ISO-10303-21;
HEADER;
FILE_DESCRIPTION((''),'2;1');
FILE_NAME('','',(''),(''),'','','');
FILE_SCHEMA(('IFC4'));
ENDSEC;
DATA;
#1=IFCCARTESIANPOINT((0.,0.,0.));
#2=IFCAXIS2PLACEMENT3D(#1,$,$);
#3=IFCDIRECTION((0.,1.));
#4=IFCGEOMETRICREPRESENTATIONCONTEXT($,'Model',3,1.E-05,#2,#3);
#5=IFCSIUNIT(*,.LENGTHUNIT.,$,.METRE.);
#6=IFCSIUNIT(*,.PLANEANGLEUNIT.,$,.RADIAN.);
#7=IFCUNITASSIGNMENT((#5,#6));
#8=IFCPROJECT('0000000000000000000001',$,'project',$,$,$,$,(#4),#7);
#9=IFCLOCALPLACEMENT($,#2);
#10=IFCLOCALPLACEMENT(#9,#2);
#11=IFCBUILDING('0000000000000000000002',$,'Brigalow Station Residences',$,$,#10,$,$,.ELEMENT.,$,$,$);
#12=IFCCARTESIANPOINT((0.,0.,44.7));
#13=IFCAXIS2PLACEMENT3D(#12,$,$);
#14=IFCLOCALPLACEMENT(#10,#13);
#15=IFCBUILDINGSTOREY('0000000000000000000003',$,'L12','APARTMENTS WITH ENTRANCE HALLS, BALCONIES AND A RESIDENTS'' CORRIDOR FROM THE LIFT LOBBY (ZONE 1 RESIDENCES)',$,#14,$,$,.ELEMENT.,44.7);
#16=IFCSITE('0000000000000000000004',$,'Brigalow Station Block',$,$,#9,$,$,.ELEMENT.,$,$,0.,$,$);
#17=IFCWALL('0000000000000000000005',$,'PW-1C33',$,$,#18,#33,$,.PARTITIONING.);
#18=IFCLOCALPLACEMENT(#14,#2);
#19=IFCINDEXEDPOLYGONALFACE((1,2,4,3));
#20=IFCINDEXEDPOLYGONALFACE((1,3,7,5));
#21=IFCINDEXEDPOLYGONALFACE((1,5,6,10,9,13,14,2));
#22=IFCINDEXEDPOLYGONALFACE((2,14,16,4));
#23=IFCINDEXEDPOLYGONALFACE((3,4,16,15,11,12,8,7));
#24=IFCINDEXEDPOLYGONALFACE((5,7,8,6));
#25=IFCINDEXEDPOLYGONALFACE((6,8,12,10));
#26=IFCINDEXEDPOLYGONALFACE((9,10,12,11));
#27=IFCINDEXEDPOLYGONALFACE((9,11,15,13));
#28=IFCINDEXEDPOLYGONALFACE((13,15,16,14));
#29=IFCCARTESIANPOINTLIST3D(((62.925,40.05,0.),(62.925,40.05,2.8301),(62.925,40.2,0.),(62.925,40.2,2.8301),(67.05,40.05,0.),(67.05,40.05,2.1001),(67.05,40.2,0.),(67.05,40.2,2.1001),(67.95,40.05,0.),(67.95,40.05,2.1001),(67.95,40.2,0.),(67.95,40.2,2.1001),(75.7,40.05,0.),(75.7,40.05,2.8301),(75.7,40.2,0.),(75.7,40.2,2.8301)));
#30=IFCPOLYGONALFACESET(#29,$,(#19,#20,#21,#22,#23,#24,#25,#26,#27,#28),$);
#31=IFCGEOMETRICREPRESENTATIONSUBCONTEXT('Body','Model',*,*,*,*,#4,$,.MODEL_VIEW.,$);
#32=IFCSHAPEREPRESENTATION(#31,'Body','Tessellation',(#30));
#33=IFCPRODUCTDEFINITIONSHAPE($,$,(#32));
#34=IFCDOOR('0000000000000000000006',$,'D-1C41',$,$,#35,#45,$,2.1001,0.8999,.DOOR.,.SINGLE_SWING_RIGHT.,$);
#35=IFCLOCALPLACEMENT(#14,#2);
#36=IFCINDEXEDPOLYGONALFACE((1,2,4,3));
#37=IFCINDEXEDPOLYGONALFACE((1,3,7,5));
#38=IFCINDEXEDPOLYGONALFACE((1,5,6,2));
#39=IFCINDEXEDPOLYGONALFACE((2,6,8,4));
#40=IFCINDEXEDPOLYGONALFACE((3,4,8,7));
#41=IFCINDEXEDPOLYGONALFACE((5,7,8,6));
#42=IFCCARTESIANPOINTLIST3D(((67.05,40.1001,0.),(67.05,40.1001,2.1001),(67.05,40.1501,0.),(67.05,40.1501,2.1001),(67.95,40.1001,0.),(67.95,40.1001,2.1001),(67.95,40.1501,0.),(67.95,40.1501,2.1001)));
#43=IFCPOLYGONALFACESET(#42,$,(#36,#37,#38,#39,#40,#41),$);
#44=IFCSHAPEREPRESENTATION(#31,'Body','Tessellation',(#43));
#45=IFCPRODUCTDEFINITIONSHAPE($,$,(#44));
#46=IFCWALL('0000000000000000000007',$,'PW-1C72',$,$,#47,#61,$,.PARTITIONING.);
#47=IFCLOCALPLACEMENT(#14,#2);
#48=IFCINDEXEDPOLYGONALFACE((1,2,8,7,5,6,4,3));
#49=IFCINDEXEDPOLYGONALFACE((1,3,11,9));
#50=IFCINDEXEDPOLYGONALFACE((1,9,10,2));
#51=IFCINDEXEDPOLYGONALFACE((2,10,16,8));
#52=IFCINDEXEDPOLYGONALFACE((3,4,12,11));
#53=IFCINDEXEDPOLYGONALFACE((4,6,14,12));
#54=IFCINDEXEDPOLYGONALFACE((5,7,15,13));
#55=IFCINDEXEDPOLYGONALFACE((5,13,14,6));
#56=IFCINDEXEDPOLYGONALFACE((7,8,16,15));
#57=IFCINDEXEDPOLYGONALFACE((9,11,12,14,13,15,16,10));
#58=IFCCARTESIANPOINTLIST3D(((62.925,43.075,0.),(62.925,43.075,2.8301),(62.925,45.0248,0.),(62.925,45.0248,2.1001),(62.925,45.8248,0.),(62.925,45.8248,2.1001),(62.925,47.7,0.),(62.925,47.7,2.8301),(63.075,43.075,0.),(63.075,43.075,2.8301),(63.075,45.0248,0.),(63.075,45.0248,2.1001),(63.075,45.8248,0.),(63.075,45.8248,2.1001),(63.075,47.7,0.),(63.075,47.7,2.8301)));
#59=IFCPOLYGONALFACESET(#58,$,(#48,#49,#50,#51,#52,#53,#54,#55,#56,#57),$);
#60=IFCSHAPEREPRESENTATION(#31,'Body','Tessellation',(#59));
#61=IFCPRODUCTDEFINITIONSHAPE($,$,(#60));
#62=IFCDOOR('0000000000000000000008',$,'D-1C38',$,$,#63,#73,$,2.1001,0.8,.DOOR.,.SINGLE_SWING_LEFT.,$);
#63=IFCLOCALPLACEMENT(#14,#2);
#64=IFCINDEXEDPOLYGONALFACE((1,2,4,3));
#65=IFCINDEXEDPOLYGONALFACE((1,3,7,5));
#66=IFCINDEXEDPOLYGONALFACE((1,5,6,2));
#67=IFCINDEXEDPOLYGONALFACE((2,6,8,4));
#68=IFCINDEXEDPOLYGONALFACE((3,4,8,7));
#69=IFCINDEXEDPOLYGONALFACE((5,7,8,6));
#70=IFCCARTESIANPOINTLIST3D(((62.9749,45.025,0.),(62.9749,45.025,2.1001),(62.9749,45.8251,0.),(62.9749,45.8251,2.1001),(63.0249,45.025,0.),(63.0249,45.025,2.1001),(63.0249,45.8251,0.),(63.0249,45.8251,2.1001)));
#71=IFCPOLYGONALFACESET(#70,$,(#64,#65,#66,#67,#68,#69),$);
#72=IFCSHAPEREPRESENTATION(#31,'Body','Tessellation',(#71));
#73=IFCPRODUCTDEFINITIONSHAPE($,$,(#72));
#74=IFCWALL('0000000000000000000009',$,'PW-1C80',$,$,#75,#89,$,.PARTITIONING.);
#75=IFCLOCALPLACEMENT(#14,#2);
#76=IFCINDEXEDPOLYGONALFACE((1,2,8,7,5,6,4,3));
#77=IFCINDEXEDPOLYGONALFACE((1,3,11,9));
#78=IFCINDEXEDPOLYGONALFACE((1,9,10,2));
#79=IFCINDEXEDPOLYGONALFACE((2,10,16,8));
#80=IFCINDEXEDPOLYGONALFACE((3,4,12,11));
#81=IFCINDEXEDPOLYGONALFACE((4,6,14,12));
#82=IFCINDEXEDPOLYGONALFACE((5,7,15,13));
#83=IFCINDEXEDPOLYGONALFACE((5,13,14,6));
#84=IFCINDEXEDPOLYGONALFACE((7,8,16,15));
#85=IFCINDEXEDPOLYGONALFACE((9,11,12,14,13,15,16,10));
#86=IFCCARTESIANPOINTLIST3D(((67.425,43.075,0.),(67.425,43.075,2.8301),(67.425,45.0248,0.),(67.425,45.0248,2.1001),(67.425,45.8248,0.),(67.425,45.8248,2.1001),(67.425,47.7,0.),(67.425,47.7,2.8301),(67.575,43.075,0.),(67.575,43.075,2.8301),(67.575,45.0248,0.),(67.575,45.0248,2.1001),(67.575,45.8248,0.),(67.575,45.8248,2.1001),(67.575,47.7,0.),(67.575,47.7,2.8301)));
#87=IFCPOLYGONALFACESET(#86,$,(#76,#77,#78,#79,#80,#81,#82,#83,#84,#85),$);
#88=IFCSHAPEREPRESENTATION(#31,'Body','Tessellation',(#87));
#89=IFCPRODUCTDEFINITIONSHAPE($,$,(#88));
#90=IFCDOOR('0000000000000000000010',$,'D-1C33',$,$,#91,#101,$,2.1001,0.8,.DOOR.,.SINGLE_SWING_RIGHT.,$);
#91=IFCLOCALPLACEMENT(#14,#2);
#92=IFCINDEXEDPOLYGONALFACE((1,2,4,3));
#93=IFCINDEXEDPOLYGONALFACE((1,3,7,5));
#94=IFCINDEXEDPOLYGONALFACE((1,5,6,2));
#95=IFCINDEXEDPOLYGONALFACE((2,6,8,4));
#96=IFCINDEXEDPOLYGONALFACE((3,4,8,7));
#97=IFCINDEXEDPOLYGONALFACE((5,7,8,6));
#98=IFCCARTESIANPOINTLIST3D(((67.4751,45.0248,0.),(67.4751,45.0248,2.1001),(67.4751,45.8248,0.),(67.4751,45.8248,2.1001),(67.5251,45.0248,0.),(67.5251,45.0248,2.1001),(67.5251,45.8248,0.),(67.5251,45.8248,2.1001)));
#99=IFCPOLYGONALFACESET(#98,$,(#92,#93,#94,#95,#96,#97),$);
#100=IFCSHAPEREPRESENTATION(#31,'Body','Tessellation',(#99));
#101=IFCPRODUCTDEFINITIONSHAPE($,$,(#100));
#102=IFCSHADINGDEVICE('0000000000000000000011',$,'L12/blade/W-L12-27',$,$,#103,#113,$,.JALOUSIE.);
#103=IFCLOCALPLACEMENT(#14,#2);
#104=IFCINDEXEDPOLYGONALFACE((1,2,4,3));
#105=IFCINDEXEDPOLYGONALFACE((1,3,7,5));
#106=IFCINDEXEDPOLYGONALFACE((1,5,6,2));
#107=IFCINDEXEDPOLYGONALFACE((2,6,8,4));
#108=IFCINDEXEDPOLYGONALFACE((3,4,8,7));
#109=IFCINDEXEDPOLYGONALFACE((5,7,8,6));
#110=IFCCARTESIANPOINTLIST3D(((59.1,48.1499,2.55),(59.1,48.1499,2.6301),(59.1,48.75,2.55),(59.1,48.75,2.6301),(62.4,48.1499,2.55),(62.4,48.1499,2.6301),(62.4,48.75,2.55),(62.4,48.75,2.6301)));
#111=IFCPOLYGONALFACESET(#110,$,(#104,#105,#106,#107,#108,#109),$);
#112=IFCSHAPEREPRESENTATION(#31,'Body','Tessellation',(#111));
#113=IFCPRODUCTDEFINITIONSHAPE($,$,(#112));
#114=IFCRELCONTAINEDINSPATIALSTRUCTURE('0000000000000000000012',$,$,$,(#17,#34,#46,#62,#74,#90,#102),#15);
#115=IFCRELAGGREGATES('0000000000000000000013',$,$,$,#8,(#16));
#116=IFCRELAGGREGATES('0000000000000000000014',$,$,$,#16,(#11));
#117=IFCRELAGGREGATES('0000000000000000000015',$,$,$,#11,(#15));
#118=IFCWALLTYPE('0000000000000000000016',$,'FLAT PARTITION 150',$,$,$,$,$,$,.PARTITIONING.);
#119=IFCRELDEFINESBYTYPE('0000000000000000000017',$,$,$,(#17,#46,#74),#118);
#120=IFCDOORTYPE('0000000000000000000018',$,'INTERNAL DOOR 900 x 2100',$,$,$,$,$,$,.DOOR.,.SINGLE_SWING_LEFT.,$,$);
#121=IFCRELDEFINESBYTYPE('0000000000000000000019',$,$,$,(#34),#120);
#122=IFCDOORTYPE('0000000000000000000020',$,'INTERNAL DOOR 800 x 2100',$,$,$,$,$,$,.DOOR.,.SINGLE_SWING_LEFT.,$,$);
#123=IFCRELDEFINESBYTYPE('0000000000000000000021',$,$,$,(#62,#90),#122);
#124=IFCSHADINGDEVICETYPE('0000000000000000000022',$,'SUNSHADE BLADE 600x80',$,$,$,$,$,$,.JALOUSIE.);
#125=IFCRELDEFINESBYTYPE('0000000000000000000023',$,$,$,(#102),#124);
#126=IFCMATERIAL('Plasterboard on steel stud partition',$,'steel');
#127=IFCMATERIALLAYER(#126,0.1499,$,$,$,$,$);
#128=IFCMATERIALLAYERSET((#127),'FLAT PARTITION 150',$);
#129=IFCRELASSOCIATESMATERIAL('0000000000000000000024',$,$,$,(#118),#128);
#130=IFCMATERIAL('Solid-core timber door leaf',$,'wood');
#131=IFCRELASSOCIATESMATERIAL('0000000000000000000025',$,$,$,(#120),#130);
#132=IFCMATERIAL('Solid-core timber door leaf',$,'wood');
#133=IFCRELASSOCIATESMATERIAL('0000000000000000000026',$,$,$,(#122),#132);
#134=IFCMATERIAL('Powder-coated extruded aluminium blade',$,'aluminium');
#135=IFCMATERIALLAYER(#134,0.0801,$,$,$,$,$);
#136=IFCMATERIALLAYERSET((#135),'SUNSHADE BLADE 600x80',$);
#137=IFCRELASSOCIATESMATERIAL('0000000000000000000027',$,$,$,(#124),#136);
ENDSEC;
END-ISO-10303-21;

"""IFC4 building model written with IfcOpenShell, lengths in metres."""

from ifc_helpers import new_model, si_unit, direction, frame, frame_2d, origin, origin_2d, place, context, subcontext, project, spatial, rectangle, extrude, material, layer, layer_set, type_object, element, fill, save


model = new_model("IFC4")

# Units and contexts
model_context = context("Model", 3, precision=1e-05, world=origin(), true_north=direction((0.0, 1.0)))
body_context = subcontext(model_context, "Body", "Model", "MODEL_VIEW")
ifc_project = project(units=[si_unit("LENGTHUNIT", "METRE"), si_unit("PLANEANGLEUNIT", "RADIAN")], contexts=[model_context])

# Site, building, storey
site_placement = place(None, origin())
site = spatial("IfcSite", under=ifc_project, at=site_placement, Name="Brigalow Station Block", CompositionType="ELEMENT", RefElevation=0.0)
building_placement = place(site_placement, origin())
building = spatial("IfcBuilding", under=site, at=building_placement, Name="Brigalow Station Residences", CompositionType="ELEMENT")
storey_placement = place(building_placement, frame((0.0, 0.0, 44.7)))
storey = spatial("IfcBuildingStorey", under=building, at=storey_placement, Name="L12", Description="APARTMENTS WITH ENTRANCE HALLS, BALCONIES AND A RESIDENTS' CORRIDOR FROM THE LIFT LOBBY (ZONE 1 RESIDENCES)", CompositionType="ELEMENT", Elevation=44.7)

# Walls, openings, doors
ifc_material_1 = material(Name="Plasterboard on steel stud partition", Category="steel")
ifc_layer_1 = layer(ifc_material_1, 0.1499)
ifc_layer_set_1 = layer_set([ifc_layer_1], Name="FLAT PARTITION 150")
wall_type_1 = type_object("IfcWallType", Name="FLAT PARTITION 150", PredefinedType="PARTITIONING", material=ifc_layer_set_1)
wall_1_placement = place(storey_placement, frame((62.925, 40.125, 0.0), z_axis=(0.0, 0.0, 1.0), x_axis=(1.0, 0.0, 0.0)))
wall_1 = element("IfcWall", 1, at=wall_1_placement, inside=storey, type_object=wall_type_1, Name="PW-1C33", PredefinedType="PARTITIONING", context=body_context, shape_type="SweptSolid", body=[
    extrude(rectangle(XDim=12.7749, YDim=0.1499, at=frame_2d((6.3875, 0.0))), origin(), (0.0, 0.0, 1.0), 2.8301),
])
opening_1_placement = place(wall_1_placement, frame((4.125, 0.0, 0.0)))
opening_1 = element("IfcOpeningElement", 2, at=opening_1_placement, cuts=wall_1, PredefinedType="OPENING", context=body_context, shape_type="SweptSolid", body=[
    extrude(rectangle(XDim=0.8999, YDim=2.1001, at=frame_2d((0.45, 1.05))), frame((0.0, 0.085, 0.0), z_axis=(0.0, -1.0, 0.0), x_axis=(1.0, 0.0, 0.0)), (0.0, 0.0, 1.0), 0.1699),
])
ifc_material_2 = material(Name="Solid-core timber door leaf", Category="wood")
door_type_1 = type_object("IfcDoorType", Name="INTERNAL DOOR 900 x 2100", OperationType="SINGLE_SWING_LEFT", PredefinedType="DOOR", material=ifc_material_2)
door_1_placement = place(opening_1_placement, frame((0.8999, 0.0, 0.0), z_axis=(0.0, 0.0, 1.0), x_axis=(-1.0, 0.0, 0.0)))
door_1 = element("IfcDoor", 3, at=door_1_placement, inside=storey, type_object=door_type_1, Name="D-1C41", OperationType="SINGLE_SWING_RIGHT", OverallHeight=2.1001, OverallWidth=0.8999, PredefinedType="DOOR", context=body_context, shape_type="SweptSolid", body=[
    extrude(rectangle(XDim=0.8999, YDim=2.1001, at=frame_2d((0.45, 1.05))), frame((0.0, 0.0249, 0.0), z_axis=(0.0, -1.0, 0.0), x_axis=(1.0, 0.0, 0.0)), (0.0, 0.0, 1.0), 0.05),
])
fill(opening_1, door_1)
wall_2_placement = place(storey_placement, frame((63.0, 43.075, 0.0), z_axis=(0.0, 0.0, 1.0), x_axis=(0.0, 1.0, 0.0)))
wall_2 = element("IfcWall", 4, at=wall_2_placement, inside=storey, type_object=wall_type_1, Name="PW-1C72", PredefinedType="PARTITIONING", context=body_context, shape_type="SweptSolid", body=[
    extrude(rectangle(XDim=4.625, YDim=0.1499, at=frame_2d((2.3125, 0.0))), origin(), (0.0, 0.0, 1.0), 2.8301),
])
opening_2_placement = place(wall_2_placement, frame((1.95, 0.0, 0.0)))
opening_2 = element("IfcOpeningElement", 5, at=opening_2_placement, cuts=wall_2, PredefinedType="OPENING", context=body_context, shape_type="SweptSolid", body=[
    extrude(rectangle(XDim=0.8, YDim=2.1001, at=frame_2d((0.3999, 1.05))), frame((0.0, 0.085, 0.0), z_axis=(0.0, -1.0, 0.0), x_axis=(1.0, 0.0, 0.0)), (0.0, 0.0, 1.0), 0.1699),
])
ifc_material_3 = material(Name="Solid-core timber door leaf", Category="wood")
door_type_2 = type_object("IfcDoorType", Name="INTERNAL DOOR 800 x 2100", OperationType="SINGLE_SWING_LEFT", PredefinedType="DOOR", material=ifc_material_3)
door_2_placement = place(opening_2_placement, frame((0.8, 0.0, 0.0), z_axis=(0.0, 0.0, 1.0), x_axis=(-1.0, 0.0, 0.0)))
door_2 = element("IfcDoor", 6, at=door_2_placement, inside=storey, type_object=door_type_2, Name="D-1C38", OperationType="SINGLE_SWING_LEFT", OverallHeight=2.1001, OverallWidth=0.8, PredefinedType="DOOR", context=body_context, shape_type="SweptSolid", body=[
    extrude(rectangle(XDim=0.8, YDim=2.1001, at=frame_2d((0.3999, 1.05))), frame((0.0, 0.0249, 0.0), z_axis=(0.0, -1.0, 0.0), x_axis=(1.0, 0.0, 0.0)), (0.0, 0.0, 1.0), 0.05),
])
fill(opening_2, door_2)
wall_3_placement = place(storey_placement, frame((67.5, 43.075, 0.0), z_axis=(0.0, 0.0, 1.0), x_axis=(0.0, 1.0, 0.0)))
wall_3 = element("IfcWall", 7, at=wall_3_placement, inside=storey, type_object=wall_type_1, Name="PW-1C80", PredefinedType="PARTITIONING", context=body_context, shape_type="SweptSolid", body=[
    extrude(rectangle(XDim=4.625, YDim=0.1499, at=frame_2d((2.3125, 0.0))), origin(), (0.0, 0.0, 1.0), 2.8301),
])
opening_3_placement = place(wall_3_placement, frame((1.95, 0.0, 0.0)))
opening_3 = element("IfcOpeningElement", 8, at=opening_3_placement, cuts=wall_3, PredefinedType="OPENING", context=body_context, shape_type="SweptSolid", body=[
    extrude(rectangle(XDim=0.8, YDim=2.1001, at=frame_2d((0.3999, 1.05))), frame((0.0, 0.085, 0.0), z_axis=(0.0, -1.0, 0.0), x_axis=(1.0, 0.0, 0.0)), (0.0, 0.0, 1.0), 0.1699),
])
door_3_placement = place(opening_3_placement, origin())
door_3 = element("IfcDoor", 9, at=door_3_placement, inside=storey, type_object=door_type_2, Name="D-1C33", OperationType="SINGLE_SWING_RIGHT", OverallHeight=2.1001, OverallWidth=0.8, PredefinedType="DOOR", context=body_context, shape_type="SweptSolid", body=[
    extrude(rectangle(XDim=0.8, YDim=2.1001, at=frame_2d((0.3999, 1.05))), frame((0.0, 0.0249, 0.0), z_axis=(0.0, -1.0, 0.0), x_axis=(1.0, 0.0, 0.0)), (0.0, 0.0, 1.0), 0.05),
])
fill(opening_3, door_3)

# Shading device
ifc_material_4 = material(Name="Powder-coated extruded aluminium blade", Category="aluminium")
ifc_layer_2 = layer(ifc_material_4, 0.0801)
ifc_layer_set_2 = layer_set([ifc_layer_2], Name="SUNSHADE BLADE 600x80")
shading_device_type = type_object("IfcShadingDeviceType", Name="SUNSHADE BLADE 600x80", PredefinedType="JALOUSIE", material=ifc_layer_set_2)
shading_device_placement = place(storey_placement, frame((60.75, 48.45, 2.55), z_axis=(0.0, 0.0, 1.0), x_axis=(-1.0, 0.0, 0.0)))
element("IfcShadingDevice", 10, at=shading_device_placement, inside=storey, type_object=shading_device_type, Name="L12/blade/W-L12-27", PredefinedType="JALOUSIE", context=body_context, shape_type="SweptSolid", body=[
    extrude(rectangle(XDim=3.3, YDim=0.6001, at=origin_2d()), origin(), (0.0, 0.0, 1.0), 0.0801),
])

save(model, "model.ifc")
